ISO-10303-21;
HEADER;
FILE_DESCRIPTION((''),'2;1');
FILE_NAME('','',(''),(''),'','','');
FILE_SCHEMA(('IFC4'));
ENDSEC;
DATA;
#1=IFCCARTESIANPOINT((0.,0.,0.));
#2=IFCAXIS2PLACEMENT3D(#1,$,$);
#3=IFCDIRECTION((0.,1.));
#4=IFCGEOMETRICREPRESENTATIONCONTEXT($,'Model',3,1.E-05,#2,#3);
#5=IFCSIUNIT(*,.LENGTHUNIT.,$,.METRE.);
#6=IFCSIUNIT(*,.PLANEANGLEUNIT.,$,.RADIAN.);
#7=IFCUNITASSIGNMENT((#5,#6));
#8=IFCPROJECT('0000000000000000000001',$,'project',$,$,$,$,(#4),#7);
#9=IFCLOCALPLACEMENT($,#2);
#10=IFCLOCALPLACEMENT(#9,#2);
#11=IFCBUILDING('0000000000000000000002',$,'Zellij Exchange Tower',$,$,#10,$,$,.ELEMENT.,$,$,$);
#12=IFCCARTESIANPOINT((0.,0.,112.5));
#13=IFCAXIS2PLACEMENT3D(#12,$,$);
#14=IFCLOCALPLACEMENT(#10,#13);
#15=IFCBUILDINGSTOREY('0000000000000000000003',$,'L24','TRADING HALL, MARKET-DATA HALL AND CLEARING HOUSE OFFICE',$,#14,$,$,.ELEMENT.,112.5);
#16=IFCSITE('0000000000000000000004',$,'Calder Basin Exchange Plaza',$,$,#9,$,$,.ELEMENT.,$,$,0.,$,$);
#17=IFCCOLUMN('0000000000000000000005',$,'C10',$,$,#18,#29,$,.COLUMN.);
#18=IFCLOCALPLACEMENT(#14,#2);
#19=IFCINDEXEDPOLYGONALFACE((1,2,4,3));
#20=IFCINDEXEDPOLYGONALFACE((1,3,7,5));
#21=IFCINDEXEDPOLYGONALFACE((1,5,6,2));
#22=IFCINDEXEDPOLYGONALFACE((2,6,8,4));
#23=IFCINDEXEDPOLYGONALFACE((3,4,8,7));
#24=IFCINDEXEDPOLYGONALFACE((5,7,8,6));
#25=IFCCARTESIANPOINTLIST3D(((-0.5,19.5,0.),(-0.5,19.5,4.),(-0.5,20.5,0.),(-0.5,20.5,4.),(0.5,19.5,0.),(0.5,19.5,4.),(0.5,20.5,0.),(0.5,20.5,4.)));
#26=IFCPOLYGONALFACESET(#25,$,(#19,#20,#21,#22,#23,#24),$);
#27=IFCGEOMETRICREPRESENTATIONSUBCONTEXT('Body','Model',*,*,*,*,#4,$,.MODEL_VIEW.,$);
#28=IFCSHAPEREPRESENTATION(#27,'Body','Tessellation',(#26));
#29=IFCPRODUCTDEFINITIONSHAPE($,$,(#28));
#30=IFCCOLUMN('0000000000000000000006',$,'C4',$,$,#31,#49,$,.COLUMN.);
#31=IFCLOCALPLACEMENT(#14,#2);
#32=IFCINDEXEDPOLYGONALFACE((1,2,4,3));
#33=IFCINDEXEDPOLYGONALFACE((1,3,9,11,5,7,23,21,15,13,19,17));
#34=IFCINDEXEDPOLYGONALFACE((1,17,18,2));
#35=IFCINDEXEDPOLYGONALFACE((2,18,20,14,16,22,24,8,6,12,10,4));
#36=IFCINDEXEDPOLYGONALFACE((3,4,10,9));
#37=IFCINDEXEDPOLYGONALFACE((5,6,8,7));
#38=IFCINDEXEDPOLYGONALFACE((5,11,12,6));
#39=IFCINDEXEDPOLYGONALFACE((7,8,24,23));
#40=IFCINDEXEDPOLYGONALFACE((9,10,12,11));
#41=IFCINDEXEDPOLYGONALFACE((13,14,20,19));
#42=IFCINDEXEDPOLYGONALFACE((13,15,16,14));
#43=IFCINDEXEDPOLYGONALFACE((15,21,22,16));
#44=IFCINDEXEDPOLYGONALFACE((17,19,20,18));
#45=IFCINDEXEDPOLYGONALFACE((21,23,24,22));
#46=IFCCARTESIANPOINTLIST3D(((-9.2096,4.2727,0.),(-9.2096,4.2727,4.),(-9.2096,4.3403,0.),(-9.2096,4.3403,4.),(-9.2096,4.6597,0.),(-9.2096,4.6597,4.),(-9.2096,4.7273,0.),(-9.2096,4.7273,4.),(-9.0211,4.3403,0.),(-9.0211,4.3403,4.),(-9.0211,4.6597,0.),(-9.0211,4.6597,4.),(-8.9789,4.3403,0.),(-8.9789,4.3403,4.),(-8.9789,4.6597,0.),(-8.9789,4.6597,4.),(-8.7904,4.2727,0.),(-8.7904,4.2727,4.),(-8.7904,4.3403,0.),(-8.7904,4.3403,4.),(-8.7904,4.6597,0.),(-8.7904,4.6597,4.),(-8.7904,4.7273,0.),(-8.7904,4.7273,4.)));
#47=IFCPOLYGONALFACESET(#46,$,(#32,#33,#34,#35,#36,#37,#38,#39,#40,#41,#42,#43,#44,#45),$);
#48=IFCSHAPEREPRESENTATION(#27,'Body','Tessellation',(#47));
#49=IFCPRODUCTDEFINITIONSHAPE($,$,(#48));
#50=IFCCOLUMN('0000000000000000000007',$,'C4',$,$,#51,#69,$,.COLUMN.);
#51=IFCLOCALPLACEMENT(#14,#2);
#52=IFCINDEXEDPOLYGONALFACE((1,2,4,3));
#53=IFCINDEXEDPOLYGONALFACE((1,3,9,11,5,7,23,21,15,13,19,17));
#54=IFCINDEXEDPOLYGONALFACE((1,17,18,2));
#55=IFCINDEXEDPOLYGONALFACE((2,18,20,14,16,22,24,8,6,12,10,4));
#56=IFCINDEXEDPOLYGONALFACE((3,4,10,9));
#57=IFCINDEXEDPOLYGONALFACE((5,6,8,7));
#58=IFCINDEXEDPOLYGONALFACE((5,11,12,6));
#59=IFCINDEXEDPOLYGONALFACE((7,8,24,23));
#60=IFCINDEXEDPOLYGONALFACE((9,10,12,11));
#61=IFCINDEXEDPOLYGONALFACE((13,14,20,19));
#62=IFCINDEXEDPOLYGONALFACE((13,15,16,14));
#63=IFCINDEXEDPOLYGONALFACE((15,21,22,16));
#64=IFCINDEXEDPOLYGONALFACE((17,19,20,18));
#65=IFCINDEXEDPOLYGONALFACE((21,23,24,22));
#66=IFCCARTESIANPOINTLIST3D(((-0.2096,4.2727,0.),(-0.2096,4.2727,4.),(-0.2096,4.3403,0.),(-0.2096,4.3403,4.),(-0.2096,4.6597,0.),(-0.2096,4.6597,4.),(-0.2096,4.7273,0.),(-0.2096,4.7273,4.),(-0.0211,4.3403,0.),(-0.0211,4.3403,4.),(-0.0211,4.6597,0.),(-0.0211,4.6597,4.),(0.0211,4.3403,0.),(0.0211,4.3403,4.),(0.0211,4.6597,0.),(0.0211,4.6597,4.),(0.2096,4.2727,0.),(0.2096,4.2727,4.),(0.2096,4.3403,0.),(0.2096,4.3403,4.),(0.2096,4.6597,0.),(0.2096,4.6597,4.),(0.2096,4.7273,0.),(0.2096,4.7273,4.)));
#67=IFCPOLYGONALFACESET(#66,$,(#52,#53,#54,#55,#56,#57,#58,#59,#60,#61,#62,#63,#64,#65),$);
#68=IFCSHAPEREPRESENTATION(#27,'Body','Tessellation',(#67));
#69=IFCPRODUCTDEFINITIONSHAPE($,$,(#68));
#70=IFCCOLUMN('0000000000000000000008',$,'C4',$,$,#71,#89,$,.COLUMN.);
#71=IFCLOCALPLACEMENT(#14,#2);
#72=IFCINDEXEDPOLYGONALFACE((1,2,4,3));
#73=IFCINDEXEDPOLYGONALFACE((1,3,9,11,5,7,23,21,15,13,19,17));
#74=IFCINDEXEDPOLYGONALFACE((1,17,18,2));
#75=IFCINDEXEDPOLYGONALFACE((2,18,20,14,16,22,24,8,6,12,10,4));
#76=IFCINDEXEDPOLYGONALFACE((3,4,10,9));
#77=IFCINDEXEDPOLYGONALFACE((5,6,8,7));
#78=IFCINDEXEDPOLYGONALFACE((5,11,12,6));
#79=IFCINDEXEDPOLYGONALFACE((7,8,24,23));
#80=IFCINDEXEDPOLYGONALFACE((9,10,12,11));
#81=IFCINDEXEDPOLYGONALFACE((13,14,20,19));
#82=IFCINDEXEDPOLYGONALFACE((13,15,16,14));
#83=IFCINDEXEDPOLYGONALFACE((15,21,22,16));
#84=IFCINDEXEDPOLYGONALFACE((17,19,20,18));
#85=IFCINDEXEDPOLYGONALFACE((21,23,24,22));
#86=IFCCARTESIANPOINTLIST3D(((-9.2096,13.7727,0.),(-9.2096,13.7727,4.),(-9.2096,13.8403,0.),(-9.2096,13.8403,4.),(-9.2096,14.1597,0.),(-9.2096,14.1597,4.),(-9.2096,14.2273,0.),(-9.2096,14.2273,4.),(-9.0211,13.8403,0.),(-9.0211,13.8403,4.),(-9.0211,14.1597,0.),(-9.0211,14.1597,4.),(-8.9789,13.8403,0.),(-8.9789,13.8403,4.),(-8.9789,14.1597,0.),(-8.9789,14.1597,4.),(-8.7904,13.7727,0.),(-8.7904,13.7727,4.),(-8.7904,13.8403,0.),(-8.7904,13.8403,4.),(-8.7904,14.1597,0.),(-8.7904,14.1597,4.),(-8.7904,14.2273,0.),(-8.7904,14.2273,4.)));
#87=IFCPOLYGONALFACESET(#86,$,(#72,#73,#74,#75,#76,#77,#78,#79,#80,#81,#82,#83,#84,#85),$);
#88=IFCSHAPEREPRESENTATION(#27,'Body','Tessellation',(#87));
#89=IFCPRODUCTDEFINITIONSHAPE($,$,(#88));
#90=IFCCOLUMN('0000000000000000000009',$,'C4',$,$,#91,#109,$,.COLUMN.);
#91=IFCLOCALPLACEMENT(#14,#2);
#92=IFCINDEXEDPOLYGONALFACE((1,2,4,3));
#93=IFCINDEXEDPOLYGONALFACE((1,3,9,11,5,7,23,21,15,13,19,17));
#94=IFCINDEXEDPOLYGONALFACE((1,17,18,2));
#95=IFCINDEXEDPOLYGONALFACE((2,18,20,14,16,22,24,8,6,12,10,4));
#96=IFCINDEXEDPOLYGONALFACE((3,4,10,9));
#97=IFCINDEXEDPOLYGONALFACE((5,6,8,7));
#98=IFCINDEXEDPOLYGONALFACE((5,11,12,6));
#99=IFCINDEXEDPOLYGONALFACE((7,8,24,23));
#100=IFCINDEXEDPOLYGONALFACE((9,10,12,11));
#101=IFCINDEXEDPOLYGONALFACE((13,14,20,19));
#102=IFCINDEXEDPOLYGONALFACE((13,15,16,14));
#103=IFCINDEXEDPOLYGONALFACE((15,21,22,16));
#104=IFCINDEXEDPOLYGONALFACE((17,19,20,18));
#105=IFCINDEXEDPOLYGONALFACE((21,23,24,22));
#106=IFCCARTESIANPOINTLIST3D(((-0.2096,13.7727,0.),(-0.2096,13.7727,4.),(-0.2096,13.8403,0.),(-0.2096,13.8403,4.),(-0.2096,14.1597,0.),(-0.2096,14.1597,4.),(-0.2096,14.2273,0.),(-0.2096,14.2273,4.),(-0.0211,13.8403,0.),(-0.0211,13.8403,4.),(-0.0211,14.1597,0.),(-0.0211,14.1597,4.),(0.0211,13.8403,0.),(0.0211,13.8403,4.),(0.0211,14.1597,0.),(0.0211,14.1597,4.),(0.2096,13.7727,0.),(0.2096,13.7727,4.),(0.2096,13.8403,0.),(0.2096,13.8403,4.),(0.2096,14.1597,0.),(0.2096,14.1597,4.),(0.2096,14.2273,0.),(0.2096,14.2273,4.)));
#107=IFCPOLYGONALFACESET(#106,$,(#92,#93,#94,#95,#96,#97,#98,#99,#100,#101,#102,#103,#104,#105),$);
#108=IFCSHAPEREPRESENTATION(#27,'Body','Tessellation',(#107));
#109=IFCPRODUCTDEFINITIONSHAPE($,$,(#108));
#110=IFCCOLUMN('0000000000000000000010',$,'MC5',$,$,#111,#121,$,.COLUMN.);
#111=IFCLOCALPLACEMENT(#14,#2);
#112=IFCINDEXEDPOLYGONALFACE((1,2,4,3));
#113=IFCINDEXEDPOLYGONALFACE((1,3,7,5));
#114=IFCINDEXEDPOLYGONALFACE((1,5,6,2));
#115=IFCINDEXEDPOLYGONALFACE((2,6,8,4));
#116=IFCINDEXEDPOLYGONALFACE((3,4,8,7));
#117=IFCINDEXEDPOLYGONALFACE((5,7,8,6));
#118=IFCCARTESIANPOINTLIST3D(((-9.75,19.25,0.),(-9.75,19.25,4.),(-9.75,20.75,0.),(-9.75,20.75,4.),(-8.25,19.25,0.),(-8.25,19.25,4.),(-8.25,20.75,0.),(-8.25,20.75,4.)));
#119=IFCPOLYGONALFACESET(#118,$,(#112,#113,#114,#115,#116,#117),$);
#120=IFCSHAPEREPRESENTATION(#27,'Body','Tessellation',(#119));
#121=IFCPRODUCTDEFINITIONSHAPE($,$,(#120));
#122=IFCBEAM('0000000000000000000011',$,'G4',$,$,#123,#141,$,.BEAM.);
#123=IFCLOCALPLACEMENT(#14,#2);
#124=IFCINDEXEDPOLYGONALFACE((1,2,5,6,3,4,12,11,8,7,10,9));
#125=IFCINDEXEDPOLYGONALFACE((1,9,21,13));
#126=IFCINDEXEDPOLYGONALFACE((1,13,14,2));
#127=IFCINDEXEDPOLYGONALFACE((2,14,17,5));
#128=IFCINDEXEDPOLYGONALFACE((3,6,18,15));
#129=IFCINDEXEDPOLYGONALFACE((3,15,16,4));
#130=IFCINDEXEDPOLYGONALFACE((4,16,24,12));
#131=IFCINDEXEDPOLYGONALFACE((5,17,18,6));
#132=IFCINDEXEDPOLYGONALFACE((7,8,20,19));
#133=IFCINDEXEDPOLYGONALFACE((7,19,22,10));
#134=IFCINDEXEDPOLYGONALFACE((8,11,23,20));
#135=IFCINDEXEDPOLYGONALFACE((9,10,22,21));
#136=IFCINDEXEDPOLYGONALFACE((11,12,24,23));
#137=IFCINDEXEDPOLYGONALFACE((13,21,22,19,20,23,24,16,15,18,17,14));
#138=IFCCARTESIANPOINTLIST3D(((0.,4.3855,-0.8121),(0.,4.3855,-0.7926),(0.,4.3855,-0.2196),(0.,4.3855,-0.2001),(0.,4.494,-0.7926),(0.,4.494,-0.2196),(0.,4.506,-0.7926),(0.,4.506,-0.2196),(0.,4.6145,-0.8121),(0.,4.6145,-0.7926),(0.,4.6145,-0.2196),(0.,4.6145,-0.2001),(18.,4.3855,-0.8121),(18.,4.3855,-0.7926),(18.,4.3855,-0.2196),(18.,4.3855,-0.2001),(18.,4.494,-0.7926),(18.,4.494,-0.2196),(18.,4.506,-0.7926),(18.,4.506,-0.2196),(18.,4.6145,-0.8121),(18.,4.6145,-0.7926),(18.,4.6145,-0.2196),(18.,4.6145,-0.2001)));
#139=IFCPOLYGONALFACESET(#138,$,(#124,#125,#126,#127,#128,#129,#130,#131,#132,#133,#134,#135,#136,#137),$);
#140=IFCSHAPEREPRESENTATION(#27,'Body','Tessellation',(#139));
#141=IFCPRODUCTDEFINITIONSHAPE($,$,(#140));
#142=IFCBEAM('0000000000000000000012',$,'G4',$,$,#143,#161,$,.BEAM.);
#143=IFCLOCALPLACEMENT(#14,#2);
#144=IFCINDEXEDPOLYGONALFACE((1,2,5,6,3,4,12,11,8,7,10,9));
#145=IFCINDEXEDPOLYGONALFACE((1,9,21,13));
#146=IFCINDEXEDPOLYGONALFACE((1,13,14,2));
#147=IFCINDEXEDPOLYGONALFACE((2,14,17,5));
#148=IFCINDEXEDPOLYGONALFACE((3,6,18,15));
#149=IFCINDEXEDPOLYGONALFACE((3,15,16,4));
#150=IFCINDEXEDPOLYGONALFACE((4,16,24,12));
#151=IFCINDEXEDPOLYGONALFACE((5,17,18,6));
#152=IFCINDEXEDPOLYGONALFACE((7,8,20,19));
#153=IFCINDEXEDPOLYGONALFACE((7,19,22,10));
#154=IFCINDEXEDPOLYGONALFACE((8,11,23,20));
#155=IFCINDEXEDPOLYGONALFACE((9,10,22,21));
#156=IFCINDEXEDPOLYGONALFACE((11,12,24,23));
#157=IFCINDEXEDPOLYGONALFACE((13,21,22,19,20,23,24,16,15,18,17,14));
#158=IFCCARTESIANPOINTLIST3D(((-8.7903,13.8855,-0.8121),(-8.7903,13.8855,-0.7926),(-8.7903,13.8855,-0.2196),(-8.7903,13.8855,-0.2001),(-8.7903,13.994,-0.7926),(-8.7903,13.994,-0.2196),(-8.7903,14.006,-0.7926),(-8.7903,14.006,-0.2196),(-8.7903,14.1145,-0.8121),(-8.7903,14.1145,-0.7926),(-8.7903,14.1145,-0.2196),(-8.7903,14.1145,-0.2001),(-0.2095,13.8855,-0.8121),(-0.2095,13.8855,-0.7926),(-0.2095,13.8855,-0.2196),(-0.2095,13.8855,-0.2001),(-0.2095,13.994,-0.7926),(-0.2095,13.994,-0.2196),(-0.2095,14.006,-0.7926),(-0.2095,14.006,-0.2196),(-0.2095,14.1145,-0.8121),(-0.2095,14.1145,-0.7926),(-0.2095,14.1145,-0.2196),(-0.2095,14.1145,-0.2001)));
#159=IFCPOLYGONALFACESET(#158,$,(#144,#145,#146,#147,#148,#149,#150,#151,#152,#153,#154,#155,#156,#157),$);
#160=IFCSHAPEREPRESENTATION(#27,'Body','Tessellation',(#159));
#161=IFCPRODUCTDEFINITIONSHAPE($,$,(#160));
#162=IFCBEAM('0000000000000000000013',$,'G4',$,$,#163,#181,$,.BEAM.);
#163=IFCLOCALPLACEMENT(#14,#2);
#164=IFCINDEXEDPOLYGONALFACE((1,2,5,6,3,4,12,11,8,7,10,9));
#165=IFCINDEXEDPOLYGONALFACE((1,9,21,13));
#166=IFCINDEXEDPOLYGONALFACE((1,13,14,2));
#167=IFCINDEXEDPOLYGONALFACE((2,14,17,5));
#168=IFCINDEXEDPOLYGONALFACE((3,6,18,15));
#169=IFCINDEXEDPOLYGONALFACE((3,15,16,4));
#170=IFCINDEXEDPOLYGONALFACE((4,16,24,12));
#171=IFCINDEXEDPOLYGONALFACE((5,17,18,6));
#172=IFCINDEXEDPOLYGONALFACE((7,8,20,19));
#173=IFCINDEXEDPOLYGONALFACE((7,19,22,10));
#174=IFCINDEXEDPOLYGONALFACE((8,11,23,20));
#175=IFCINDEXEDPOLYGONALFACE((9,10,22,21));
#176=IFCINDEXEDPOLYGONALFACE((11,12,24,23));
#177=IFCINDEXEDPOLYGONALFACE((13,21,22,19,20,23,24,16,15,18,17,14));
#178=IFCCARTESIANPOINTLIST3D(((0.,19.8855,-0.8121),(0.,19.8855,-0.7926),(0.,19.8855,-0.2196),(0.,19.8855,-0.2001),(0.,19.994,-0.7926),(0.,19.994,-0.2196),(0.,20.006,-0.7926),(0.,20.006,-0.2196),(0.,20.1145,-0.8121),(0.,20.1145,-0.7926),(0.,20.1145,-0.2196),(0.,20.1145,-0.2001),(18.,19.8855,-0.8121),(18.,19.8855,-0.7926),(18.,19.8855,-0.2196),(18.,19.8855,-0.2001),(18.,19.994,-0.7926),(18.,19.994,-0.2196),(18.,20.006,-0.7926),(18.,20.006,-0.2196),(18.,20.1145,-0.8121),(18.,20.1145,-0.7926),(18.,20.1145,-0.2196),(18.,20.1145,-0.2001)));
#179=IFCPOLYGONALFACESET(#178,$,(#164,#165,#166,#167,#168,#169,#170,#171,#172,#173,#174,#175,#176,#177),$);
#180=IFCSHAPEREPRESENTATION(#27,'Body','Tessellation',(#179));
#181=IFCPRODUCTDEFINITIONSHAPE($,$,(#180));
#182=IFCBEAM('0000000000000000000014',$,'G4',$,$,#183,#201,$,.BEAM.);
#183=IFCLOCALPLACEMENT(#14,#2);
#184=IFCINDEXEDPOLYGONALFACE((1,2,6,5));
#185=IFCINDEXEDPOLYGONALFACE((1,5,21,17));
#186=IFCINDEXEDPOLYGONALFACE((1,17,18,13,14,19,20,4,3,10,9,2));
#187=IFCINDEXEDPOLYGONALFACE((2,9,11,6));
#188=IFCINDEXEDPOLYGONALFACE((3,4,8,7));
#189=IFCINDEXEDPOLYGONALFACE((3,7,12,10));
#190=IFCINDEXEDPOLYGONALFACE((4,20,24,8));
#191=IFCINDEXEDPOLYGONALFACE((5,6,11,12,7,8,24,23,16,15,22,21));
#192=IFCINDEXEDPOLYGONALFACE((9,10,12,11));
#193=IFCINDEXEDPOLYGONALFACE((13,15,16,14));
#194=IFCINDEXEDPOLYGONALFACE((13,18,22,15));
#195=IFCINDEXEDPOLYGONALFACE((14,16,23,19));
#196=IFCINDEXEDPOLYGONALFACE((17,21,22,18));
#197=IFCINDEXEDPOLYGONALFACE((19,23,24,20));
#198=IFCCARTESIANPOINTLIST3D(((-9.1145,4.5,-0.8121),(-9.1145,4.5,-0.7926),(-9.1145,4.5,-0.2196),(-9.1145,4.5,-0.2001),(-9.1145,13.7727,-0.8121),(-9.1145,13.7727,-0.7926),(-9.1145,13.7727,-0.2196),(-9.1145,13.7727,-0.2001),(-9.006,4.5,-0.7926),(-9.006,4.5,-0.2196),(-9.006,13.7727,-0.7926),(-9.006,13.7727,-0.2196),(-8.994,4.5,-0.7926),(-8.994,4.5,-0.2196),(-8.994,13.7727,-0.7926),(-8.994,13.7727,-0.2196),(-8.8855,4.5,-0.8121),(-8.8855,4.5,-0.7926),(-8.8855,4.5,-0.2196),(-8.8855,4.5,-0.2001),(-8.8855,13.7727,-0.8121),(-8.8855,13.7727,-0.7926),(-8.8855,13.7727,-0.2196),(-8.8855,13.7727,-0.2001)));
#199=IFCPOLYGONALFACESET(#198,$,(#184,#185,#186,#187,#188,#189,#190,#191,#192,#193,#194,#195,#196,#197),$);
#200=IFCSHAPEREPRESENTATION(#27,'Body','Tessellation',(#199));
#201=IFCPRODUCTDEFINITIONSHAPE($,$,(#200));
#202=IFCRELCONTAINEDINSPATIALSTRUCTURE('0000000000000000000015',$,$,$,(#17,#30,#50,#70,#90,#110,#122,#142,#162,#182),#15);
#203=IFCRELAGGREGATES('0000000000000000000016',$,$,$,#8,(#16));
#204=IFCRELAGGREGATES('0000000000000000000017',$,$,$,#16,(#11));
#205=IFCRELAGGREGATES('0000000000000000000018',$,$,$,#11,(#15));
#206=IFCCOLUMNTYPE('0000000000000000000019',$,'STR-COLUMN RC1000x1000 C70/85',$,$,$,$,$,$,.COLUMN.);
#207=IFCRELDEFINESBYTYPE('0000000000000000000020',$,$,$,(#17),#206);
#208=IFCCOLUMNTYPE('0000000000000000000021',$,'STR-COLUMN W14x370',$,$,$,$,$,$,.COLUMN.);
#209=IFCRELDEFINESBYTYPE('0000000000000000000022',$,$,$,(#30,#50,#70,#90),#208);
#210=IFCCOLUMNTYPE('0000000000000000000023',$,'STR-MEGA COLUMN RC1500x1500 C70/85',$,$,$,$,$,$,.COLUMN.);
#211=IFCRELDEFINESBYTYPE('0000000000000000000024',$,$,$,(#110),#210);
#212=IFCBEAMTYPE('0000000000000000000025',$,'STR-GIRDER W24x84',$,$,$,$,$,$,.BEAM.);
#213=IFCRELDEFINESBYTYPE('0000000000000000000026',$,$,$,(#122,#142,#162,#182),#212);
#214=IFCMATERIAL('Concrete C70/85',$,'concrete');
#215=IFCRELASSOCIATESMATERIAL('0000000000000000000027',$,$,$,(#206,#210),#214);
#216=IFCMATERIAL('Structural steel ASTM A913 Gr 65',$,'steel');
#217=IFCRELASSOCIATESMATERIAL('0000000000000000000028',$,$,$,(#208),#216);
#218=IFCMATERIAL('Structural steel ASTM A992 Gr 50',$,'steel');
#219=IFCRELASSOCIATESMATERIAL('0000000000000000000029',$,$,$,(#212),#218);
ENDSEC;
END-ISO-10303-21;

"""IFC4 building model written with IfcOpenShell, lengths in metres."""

from ifc_helpers import new_model, si_unit, direction, frame, origin, origin_2d, place, context, subcontext, project, spatial, rectangle, i_section, extrude, material, material_profile, profile_set, type_object, element, save


model = new_model("IFC4")

# Units and contexts
model_context = context("Model", 3, precision=1e-05, world=origin(), true_north=direction((0.0, 1.0)))
body_context = subcontext(model_context, "Body", "Model", "MODEL_VIEW")
ifc_project = project(units=[si_unit("LENGTHUNIT", "METRE"), si_unit("PLANEANGLEUNIT", "RADIAN")], contexts=[model_context])

# Site, building, storey
site_placement = place(None, origin())
site = spatial("IfcSite", under=ifc_project, at=site_placement, Name="Calder Basin Exchange Plaza", CompositionType="ELEMENT", RefElevation=0.0)
building_placement = place(site_placement, origin())
building = spatial("IfcBuilding", under=site, at=building_placement, Name="Zellij Exchange Tower", CompositionType="ELEMENT")
storey_placement = place(building_placement, frame((0.0, 0.0, 112.5)))
storey = spatial("IfcBuildingStorey", under=building, at=storey_placement, Name="L24", Description="TRADING HALL, MARKET-DATA HALL AND CLEARING HOUSE OFFICE", CompositionType="ELEMENT", Elevation=112.5)

# Columns
ifc_material_1 = material(Name="Concrete C70/85", Category="concrete")
ifc_material_profile_1 = material_profile(ifc_material_1, rectangle(XDim=1.0, YDim=1.0, at=origin_2d()), Name="STR-COLUMN RC1000x1000 C70/85")
ifc_profile_set_1 = profile_set([ifc_material_profile_1], Name="Concrete C70/85")
column_type_1 = type_object("IfcColumnType", Name="STR-COLUMN RC1000x1000 C70/85", PredefinedType="COLUMN", material=ifc_profile_set_1)
column_1_placement = place(storey_placement, frame((0.0, 20.0, 0.0), z_axis=(0.0, 0.0, 1.0), x_axis=(1.0, 0.0, 0.0)))
element("IfcColumn", 1, at=column_1_placement, inside=storey, type_object=column_type_1, Name="C10", PredefinedType="COLUMN", context=body_context, shape_type="SweptSolid", body=[
    extrude(rectangle(XDim=1.0, YDim=1.0, at=origin_2d()), origin(), (0.0, 0.0, 1.0), 4.0),
])
ifc_material_2 = material(Name="Structural steel ASTM A913 Gr 65", Category="steel")
ifc_material_profile_2 = material_profile(ifc_material_2, i_section(OverallWidth=0.4192, OverallDepth=0.4546, WebThickness=0.0422, FlangeThickness=0.0676, at=origin_2d()), Name="W14x370")
ifc_profile_set_2 = profile_set([ifc_material_profile_2], Name="Structural steel ASTM A913 Gr 65")
column_type_2 = type_object("IfcColumnType", Name="STR-COLUMN W14x370", PredefinedType="COLUMN", material=ifc_profile_set_2)
for number, where, z_axis, x_axis, name in (
    (2, (-9.0, 4.5, 0.0), (0.0, 0.0, 1.0), (1.0, 0.0, 0.0), "C4"),
    (3, (0.0, 4.5, 0.0), (0.0, 0.0, 1.0), (1.0, 0.0, 0.0), "C4"),
    (4, (-9.0, 14.0, 0.0), (0.0, 0.0, 1.0), (1.0, 0.0, 0.0), "C4"),
    (5, (0.0, 14.0, 0.0), (0.0, 0.0, 1.0), (1.0, 0.0, 0.0), "C4"),
):
    element("IfcColumn", number, at=place(storey_placement, frame(where, z_axis=z_axis, x_axis=x_axis)), inside=storey, type_object=column_type_2, Name=name, PredefinedType="COLUMN", context=body_context, shape_type="SweptSolid", body=[
        extrude(i_section(OverallWidth=0.4192, OverallDepth=0.4546, WebThickness=0.0422, FlangeThickness=0.0676, at=origin_2d()), origin(), (0.0, 0.0, 1.0), 4.0),
    ])
ifc_material_profile_3 = material_profile(ifc_material_1, rectangle(XDim=1.5, YDim=1.5, at=origin_2d()), Name="STR-MEGA COLUMN RC1500x1500 C70/85")
ifc_profile_set_3 = profile_set([ifc_material_profile_3], Name="Concrete C70/85")
column_type_3 = type_object("IfcColumnType", Name="STR-MEGA COLUMN RC1500x1500 C70/85", PredefinedType="COLUMN", material=ifc_profile_set_3)
column_2_placement = place(storey_placement, frame((-9.0, 20.0, 0.0), z_axis=(0.0, 0.0, 1.0), x_axis=(1.0, 0.0, 0.0)))
element("IfcColumn", 6, at=column_2_placement, inside=storey, type_object=column_type_3, Name="MC5", PredefinedType="COLUMN", context=body_context, shape_type="SweptSolid", body=[
    extrude(rectangle(XDim=1.5, YDim=1.5, at=origin_2d()), origin(), (0.0, 0.0, 1.0), 4.0),
])

# Beams
ifc_material_3 = material(Name="Structural steel ASTM A992 Gr 50", Category="steel")
ifc_material_profile_4 = material_profile(ifc_material_3, i_section(OverallWidth=0.229, OverallDepth=0.6121, WebThickness=0.012, FlangeThickness=0.0195, at=origin_2d()), Name="W24x84")
ifc_profile_set_4 = profile_set([ifc_material_profile_4], Name="Structural steel ASTM A992 Gr 50")
beam_type = type_object("IfcBeamType", Name="STR-GIRDER W24x84", PredefinedType="BEAM", material=ifc_profile_set_4)
beam_1_placement = place(storey_placement, frame((0.0, 4.5, -0.5061), z_axis=(1.0, 0.0, 0.0), x_axis=(0.0, 1.0, 0.0)))
element("IfcBeam", 7, at=beam_1_placement, inside=storey, type_object=beam_type, Name="G4", PredefinedType="BEAM", context=body_context, shape_type="SweptSolid", body=[
    extrude(i_section(OverallWidth=0.229, OverallDepth=0.6121, WebThickness=0.012, FlangeThickness=0.0195, at=origin_2d()), origin(), (0.0, 0.0, 1.0), 18.0),
])
beam_2_placement = place(storey_placement, frame((-8.7903, 14.0, -0.5061), z_axis=(1.0, 0.0, 0.0), x_axis=(0.0, 1.0, 0.0)))
element("IfcBeam", 8, at=beam_2_placement, inside=storey, type_object=beam_type, Name="G4", PredefinedType="BEAM", context=body_context, shape_type="SweptSolid", body=[
    extrude(i_section(OverallWidth=0.229, OverallDepth=0.6121, WebThickness=0.012, FlangeThickness=0.0195, at=origin_2d()), origin(), (0.0, 0.0, 1.0), 8.5808),
])
beam_3_placement = place(storey_placement, frame((0.0, 20.0, -0.5061), z_axis=(1.0, 0.0, 0.0), x_axis=(0.0, 1.0, 0.0)))
element("IfcBeam", 9, at=beam_3_placement, inside=storey, type_object=beam_type, Name="G4", PredefinedType="BEAM", context=body_context, shape_type="SweptSolid", body=[
    extrude(i_section(OverallWidth=0.229, OverallDepth=0.6121, WebThickness=0.012, FlangeThickness=0.0195, at=origin_2d()), origin(), (0.0, 0.0, 1.0), 18.0),
])
beam_4_placement = place(storey_placement, frame((-9.0, 4.5, -0.5061), z_axis=(0.0, 1.0, 0.0), x_axis=(-1.0, 0.0, 0.0)))
element("IfcBeam", 10, at=beam_4_placement, inside=storey, type_object=beam_type, Name="G4", PredefinedType="BEAM", context=body_context, shape_type="SweptSolid", body=[
    extrude(i_section(OverallWidth=0.229, OverallDepth=0.6121, WebThickness=0.012, FlangeThickness=0.0195, at=origin_2d()), origin(), (0.0, 0.0, 1.0), 9.2727),
])

save(model, "model.ifc")
